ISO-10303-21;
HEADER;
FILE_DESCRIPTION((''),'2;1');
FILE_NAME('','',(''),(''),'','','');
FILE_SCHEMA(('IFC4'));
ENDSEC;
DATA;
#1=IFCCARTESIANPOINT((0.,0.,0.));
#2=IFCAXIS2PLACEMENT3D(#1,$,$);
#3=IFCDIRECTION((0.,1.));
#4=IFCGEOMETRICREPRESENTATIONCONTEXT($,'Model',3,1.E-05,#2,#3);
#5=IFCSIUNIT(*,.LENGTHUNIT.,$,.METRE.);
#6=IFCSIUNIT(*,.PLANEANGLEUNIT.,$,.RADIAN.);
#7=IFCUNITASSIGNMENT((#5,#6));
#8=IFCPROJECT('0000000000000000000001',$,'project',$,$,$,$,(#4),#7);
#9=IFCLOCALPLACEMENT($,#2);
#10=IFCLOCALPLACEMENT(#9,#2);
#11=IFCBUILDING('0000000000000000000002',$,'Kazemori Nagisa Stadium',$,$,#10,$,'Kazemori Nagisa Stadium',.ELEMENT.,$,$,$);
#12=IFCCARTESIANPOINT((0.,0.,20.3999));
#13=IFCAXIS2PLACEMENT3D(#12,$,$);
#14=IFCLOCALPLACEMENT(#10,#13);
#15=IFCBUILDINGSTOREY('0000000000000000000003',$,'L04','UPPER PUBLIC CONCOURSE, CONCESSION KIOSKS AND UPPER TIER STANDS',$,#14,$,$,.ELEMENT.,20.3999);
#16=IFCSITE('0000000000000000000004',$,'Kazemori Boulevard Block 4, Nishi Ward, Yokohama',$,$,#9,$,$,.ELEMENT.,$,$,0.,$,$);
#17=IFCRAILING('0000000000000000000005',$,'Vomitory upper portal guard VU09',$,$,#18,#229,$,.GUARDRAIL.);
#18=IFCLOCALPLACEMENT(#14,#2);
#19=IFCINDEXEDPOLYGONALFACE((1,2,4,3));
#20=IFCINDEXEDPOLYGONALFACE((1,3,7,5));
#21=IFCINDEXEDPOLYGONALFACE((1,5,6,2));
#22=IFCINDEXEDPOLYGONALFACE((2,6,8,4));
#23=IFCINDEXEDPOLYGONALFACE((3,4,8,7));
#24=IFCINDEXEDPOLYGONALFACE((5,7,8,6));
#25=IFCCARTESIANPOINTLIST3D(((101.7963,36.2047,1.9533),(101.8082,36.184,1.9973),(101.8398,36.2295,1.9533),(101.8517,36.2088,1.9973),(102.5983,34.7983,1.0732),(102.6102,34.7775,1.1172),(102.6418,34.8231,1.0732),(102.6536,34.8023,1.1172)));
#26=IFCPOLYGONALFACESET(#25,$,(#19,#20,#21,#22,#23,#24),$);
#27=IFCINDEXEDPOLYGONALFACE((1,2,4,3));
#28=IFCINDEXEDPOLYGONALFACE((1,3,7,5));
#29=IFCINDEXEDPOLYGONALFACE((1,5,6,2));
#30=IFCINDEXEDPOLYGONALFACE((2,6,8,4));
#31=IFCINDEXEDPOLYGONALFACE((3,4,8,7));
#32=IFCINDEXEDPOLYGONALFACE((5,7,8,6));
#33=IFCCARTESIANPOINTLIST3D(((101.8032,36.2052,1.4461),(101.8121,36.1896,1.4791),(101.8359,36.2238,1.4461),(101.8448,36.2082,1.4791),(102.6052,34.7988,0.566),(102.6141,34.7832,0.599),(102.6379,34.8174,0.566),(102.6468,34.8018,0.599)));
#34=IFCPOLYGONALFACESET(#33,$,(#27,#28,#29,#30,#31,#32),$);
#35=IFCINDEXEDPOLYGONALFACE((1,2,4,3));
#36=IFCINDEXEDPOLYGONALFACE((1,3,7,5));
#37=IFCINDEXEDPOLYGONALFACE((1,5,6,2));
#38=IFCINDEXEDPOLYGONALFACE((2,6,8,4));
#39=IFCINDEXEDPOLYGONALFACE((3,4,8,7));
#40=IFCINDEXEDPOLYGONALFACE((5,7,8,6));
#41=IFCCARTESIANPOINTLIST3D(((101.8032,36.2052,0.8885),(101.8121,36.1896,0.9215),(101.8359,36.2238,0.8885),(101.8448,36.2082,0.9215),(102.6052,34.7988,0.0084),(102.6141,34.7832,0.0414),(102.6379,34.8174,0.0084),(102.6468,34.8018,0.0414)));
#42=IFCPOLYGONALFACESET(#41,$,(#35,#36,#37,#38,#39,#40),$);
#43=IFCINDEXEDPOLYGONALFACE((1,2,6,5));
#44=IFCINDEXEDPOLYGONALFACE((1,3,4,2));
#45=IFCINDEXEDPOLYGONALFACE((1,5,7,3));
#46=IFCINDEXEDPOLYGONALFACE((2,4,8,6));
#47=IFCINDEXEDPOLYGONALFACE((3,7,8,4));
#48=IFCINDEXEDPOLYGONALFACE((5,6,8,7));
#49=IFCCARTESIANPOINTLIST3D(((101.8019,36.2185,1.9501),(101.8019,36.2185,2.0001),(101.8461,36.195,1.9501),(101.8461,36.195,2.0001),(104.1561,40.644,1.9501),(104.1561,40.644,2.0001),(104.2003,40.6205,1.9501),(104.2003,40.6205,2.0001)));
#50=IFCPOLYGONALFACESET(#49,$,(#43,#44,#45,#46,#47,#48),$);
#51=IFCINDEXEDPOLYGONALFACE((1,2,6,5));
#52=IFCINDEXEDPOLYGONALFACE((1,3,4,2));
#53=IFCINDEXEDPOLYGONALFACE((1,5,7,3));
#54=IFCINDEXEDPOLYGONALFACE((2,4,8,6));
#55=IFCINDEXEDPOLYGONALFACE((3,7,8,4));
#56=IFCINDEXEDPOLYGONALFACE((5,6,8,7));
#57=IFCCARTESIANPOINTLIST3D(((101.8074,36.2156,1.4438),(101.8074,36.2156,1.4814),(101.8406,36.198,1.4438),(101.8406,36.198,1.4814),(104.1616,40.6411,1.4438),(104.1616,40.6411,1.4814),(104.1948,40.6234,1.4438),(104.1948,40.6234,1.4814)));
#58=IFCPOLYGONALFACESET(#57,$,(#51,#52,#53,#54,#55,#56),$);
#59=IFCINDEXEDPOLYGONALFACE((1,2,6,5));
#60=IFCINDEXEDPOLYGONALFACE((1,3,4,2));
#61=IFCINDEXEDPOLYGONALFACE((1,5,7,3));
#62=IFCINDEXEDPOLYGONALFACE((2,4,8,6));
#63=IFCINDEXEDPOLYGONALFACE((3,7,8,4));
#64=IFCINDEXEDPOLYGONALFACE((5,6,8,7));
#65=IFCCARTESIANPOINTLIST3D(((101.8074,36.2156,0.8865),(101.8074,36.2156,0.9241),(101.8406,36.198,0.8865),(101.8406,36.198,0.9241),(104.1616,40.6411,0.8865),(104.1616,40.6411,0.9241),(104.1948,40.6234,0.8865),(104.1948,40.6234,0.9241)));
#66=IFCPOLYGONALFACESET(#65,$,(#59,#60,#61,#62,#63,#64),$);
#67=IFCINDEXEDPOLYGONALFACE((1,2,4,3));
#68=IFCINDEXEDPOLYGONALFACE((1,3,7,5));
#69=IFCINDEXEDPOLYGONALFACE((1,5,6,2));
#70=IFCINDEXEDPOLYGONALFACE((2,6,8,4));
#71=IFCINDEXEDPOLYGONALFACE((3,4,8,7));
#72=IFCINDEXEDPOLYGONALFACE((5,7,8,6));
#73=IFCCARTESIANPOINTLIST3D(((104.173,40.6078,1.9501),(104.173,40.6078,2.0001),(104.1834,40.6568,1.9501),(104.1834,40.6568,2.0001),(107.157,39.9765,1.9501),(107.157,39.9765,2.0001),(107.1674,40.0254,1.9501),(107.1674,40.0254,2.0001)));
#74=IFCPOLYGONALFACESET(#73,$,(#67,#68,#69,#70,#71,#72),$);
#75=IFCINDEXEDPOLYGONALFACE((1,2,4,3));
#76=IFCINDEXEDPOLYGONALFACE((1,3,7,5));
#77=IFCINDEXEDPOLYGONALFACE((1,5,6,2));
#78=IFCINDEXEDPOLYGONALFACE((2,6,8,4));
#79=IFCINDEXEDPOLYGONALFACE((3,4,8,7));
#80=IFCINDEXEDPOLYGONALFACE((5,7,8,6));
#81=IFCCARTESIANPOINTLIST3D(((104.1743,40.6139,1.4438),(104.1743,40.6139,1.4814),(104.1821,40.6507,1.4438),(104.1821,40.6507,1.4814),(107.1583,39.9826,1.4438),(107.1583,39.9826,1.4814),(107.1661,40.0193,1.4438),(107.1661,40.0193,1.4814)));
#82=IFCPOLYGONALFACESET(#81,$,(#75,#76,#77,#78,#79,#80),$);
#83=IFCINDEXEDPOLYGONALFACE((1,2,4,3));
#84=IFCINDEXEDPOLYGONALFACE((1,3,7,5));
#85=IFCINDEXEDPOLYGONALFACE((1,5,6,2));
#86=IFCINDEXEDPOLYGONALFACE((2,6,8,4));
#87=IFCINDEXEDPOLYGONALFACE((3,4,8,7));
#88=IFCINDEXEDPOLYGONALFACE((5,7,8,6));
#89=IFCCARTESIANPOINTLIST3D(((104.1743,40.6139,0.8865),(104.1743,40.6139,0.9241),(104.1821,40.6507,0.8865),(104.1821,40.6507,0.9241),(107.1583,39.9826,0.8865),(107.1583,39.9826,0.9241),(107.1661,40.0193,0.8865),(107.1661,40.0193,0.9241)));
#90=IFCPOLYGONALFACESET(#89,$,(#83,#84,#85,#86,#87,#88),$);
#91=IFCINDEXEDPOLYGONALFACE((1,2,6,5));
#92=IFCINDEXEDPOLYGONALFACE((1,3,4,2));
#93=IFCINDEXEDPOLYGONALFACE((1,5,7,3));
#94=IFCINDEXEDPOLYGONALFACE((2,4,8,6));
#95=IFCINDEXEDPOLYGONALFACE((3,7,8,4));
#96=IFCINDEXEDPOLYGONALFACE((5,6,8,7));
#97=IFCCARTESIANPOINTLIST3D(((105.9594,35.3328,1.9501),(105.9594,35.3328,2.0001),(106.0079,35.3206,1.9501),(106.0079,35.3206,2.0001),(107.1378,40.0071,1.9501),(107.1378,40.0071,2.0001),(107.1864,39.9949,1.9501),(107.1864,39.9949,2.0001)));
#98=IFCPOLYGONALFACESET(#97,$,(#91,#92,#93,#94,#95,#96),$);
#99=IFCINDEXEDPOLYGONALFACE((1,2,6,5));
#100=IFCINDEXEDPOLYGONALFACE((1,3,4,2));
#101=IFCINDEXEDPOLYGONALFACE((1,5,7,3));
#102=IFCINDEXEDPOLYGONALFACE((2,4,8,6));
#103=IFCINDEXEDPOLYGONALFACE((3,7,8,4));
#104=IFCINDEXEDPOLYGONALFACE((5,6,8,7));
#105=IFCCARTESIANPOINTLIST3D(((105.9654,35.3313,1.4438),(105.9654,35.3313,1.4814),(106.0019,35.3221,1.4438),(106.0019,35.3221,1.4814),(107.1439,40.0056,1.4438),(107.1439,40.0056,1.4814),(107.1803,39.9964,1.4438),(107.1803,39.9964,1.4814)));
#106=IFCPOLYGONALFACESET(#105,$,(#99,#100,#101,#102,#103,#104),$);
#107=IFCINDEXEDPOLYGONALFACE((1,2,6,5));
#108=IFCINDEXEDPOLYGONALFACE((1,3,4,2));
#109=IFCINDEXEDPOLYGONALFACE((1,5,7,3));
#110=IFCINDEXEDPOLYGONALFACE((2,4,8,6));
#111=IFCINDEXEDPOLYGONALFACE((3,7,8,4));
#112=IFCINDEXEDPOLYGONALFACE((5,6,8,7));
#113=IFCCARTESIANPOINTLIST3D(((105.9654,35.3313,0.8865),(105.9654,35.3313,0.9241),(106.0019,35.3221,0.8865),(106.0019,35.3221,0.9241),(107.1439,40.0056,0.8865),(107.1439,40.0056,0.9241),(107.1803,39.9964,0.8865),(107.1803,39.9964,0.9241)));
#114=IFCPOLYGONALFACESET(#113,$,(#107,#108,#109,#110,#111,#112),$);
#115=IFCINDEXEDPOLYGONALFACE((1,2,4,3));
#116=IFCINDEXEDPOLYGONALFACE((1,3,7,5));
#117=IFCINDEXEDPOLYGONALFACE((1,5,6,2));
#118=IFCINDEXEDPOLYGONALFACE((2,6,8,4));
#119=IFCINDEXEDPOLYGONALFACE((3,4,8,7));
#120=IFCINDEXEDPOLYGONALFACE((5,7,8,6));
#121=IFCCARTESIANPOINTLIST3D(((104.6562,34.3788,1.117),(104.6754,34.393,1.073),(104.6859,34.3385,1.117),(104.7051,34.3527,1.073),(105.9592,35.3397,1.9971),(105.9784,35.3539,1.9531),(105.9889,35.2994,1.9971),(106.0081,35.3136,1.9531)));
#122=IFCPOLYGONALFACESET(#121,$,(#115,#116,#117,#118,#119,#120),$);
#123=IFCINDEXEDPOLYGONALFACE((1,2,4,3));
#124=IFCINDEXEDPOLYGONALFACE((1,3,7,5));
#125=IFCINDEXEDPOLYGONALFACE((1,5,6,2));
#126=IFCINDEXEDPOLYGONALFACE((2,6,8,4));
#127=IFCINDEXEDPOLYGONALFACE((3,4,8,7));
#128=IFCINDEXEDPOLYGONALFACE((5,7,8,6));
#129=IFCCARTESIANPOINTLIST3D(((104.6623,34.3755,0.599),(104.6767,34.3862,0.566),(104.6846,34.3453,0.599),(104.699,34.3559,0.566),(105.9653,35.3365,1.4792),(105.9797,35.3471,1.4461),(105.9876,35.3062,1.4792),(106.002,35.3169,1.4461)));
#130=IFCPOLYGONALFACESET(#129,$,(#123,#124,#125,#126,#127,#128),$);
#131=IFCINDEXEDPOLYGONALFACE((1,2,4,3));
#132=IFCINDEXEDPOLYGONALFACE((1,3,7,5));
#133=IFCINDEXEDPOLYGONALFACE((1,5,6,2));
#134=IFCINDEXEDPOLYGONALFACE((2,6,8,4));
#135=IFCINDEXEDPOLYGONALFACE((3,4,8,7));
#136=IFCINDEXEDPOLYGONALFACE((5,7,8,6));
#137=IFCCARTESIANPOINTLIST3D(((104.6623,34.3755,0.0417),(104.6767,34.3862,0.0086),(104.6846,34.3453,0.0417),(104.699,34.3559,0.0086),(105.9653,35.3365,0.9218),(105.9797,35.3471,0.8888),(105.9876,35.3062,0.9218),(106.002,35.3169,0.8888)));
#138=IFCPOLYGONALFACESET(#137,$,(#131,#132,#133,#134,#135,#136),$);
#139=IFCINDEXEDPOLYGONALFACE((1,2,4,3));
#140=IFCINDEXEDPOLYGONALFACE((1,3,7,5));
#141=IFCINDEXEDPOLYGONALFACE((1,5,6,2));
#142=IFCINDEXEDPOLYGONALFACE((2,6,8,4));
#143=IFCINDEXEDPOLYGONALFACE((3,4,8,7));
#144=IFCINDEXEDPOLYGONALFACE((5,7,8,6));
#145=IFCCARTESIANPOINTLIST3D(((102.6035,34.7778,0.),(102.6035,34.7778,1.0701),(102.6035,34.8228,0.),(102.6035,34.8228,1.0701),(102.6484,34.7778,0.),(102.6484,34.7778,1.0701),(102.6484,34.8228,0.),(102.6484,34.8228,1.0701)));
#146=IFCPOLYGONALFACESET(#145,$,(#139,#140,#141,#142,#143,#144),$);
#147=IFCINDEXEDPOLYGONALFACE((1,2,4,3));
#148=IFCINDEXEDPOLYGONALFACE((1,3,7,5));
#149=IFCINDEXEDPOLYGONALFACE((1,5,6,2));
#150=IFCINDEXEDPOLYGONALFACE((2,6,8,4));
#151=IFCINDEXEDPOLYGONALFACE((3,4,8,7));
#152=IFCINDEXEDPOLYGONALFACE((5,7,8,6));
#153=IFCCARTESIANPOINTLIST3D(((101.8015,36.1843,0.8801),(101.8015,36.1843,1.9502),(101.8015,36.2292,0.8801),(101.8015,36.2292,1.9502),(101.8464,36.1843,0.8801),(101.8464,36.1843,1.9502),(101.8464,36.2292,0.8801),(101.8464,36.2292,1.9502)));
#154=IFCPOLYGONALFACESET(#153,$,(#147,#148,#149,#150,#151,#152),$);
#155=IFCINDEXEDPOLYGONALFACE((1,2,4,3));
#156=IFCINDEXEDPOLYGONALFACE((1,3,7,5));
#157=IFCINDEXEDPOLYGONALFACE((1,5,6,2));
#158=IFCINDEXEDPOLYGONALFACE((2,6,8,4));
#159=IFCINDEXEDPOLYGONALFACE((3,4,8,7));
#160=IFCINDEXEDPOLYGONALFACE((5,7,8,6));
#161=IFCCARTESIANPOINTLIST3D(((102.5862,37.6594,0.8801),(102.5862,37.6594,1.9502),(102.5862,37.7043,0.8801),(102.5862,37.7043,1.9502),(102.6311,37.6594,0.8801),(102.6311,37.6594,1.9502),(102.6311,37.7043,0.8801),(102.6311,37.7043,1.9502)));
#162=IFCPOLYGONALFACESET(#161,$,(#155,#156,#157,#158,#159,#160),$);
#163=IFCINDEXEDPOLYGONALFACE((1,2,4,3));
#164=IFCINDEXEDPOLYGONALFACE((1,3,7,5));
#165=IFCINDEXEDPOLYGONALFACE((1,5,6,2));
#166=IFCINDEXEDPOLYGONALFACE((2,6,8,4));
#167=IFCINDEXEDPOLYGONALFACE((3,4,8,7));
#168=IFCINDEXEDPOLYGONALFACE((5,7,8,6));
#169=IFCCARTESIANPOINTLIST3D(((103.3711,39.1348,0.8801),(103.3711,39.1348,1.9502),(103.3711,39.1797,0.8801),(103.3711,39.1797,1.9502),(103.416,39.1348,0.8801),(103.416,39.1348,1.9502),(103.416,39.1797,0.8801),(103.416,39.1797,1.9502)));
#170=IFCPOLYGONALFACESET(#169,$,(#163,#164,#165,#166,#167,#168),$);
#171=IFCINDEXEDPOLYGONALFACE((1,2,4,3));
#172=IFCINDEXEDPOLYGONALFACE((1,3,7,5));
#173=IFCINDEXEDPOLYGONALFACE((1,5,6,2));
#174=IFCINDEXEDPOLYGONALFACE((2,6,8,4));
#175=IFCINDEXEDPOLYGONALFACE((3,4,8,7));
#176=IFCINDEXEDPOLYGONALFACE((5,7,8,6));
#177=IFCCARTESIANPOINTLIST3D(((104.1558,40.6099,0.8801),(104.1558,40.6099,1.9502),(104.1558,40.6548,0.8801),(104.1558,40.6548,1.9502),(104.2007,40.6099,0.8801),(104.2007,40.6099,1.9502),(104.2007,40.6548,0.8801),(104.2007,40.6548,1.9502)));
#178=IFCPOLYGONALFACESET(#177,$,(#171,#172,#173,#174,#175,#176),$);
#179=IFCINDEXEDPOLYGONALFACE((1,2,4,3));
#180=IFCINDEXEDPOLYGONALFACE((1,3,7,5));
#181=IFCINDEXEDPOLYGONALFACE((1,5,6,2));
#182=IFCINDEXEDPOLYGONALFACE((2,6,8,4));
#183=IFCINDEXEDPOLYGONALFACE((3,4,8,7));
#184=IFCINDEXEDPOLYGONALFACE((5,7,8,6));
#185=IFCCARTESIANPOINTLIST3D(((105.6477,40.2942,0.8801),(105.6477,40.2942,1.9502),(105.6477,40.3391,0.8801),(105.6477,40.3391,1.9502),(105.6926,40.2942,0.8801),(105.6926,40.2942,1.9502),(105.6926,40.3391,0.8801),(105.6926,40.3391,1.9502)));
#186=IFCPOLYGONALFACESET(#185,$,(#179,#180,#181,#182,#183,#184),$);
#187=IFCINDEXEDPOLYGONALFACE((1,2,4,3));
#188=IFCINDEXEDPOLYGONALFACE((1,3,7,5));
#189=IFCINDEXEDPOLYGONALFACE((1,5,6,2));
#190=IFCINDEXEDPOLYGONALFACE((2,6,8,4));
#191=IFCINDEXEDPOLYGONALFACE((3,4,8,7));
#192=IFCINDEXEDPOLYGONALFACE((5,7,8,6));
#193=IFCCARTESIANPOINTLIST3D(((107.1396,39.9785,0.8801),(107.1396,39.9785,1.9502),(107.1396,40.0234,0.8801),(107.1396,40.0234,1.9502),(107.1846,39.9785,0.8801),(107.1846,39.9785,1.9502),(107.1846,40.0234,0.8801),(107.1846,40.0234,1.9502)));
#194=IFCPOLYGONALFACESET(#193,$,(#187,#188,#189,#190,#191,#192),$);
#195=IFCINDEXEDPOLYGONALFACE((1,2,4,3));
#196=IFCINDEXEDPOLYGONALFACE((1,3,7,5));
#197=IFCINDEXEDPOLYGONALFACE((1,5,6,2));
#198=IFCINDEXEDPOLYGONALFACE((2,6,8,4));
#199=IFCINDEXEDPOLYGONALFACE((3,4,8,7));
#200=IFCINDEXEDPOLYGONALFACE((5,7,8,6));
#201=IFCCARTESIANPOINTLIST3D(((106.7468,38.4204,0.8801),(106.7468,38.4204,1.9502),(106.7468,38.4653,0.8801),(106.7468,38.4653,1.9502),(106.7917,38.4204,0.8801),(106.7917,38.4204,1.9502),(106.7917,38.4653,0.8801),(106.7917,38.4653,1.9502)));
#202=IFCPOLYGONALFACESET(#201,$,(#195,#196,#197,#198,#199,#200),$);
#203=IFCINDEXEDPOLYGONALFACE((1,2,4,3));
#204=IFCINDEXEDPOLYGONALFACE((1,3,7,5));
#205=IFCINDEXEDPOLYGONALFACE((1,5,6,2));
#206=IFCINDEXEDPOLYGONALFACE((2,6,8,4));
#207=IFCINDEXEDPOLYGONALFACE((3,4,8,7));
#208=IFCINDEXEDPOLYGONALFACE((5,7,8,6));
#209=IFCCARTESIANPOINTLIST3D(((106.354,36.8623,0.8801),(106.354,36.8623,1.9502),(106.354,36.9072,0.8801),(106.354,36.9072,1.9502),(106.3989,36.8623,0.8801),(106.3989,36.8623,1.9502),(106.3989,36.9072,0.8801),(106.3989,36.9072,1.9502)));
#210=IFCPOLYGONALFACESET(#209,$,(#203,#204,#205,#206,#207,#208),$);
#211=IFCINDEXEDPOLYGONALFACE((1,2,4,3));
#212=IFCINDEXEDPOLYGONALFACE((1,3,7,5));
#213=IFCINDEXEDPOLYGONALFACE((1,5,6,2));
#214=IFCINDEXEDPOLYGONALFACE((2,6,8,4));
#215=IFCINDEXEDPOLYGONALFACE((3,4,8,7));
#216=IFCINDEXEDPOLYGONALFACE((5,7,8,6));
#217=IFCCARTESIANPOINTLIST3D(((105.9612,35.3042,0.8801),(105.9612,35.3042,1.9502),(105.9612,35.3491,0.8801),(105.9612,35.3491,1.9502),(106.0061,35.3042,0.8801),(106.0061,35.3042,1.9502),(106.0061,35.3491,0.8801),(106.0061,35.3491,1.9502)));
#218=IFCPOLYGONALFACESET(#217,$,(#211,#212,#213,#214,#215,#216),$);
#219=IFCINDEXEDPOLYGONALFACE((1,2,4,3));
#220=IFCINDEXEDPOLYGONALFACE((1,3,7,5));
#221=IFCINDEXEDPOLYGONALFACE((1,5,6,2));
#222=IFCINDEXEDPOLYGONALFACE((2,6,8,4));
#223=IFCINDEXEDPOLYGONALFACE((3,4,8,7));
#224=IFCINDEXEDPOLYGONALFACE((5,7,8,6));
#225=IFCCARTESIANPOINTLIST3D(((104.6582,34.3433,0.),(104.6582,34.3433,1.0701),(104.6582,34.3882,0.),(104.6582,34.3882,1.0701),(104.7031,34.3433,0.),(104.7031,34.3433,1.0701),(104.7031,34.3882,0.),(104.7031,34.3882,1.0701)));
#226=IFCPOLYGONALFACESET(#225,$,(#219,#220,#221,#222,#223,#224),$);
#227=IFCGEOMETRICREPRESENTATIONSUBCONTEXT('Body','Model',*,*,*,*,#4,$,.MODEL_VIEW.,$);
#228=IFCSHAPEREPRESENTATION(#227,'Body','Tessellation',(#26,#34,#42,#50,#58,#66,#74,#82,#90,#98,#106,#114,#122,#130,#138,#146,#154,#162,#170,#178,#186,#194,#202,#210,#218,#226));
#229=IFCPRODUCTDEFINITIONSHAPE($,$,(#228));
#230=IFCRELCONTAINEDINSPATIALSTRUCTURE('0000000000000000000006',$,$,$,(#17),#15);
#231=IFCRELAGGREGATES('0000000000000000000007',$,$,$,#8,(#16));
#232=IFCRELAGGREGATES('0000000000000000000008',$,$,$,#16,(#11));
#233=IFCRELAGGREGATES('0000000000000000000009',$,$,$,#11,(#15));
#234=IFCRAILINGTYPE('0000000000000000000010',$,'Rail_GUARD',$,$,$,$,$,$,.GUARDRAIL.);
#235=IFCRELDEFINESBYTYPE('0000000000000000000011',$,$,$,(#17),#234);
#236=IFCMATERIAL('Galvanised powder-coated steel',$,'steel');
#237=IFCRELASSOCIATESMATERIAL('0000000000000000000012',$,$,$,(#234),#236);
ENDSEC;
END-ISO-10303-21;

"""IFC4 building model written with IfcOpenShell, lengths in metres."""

from ifc_helpers import new_model, si_unit, direction, frame, origin, origin_2d, place, context, subcontext, project, spatial, rectangle, extrude, material, type_object, element, save


model = new_model("IFC4")

# Units and contexts
model_context = context("Model", 3, precision=1e-05, world=origin(), true_north=direction((0.0, 1.0)))
body_context = subcontext(model_context, "Body", "Model", "MODEL_VIEW")
ifc_project = project(units=[si_unit("LENGTHUNIT", "METRE"), si_unit("PLANEANGLEUNIT", "RADIAN")], contexts=[model_context])

# Site, building, storey
site_placement = place(None, origin())
site = spatial("IfcSite", under=ifc_project, at=site_placement, Name="Kazemori Boulevard Block 4, Nishi Ward, Yokohama", CompositionType="ELEMENT", RefElevation=0.0)
building_placement = place(site_placement, origin())
building = spatial("IfcBuilding", under=site, at=building_placement, Name="Kazemori Nagisa Stadium", LongName="Kazemori Nagisa Stadium", CompositionType="ELEMENT")
storey_placement = place(building_placement, frame((0.0, 0.0, 20.3999)))
storey = spatial("IfcBuildingStorey", under=building, at=storey_placement, Name="L04", Description="UPPER PUBLIC CONCOURSE, CONCESSION KIOSKS AND UPPER TIER STANDS", CompositionType="ELEMENT", Elevation=20.3999)

# Railing
ifc_material_1 = material(Name="Galvanised powder-coated steel", Category="steel")
railing_type = type_object("IfcRailingType", Name="Rail_GUARD", PredefinedType="GUARDRAIL", material=ifc_material_1)
railing_placement = place(storey_placement, frame((102.626, 34.8003, 0.0)))
element("IfcRailing", 1, at=railing_placement, inside=storey, type_object=railing_type, Name="Vomitory upper portal guard VU09", PredefinedType="GUARDRAIL", context=body_context, shape_type="SweptSolid", body=[
    extrude(rectangle(XDim=0.05, YDim=0.05, at=origin_2d()), frame((0.0, 0.0, 1.0952), z_axis=(-0.435199, 0.763221, 0.477593), x_axis=(-0.868697, -0.495343, 0.0)), (0.0, 0.0, 1.0), 1.8428),
    extrude(rectangle(XDim=0.0376, YDim=0.0376, at=origin_2d()), frame((0.0, 0.0, 0.5825), z_axis=(-0.435199, 0.763221, 0.477593), x_axis=(-0.868697, -0.495343, 0.0)), (0.0, 0.0, 1.0), 1.8428),
    extrude(rectangle(XDim=0.0376, YDim=0.0376, at=origin_2d()), frame((0.0, 0.0, 0.0249), z_axis=(-0.435199, 0.763221, 0.477593), x_axis=(-0.868697, -0.495343, 0.0)), (0.0, 0.0, 1.0), 1.8428),
    extrude(rectangle(XDim=0.05, YDim=0.05, at=origin_2d()), frame((-0.802, 1.4065, 1.9751), z_axis=(0.46965, 0.882853, 0.0), x_axis=(-0.882853, 0.46965, 0.0)), (0.0, 0.0, 1.0), 5.0127),
    extrude(rectangle(XDim=0.0376, YDim=0.0376, at=origin_2d()), frame((-0.802, 1.4065, 1.4626), z_axis=(0.46965, 0.882853, 0.0), x_axis=(-0.882853, 0.46965, 0.0)), (0.0, 0.0, 1.0), 5.0127),
    extrude(rectangle(XDim=0.0376, YDim=0.0376, at=origin_2d()), frame((-0.802, 1.4065, 0.9053), z_axis=(0.46965, 0.882853, 0.0), x_axis=(-0.882853, 0.46965, 0.0)), (0.0, 0.0, 1.0), 5.0127),
    extrude(rectangle(XDim=0.05, YDim=0.05, at=origin_2d()), frame((1.5522, 5.832, 1.9751), z_axis=(0.97834, -0.207003, 0.0), x_axis=(0.207003, 0.97834, 0.0)), (0.0, 0.0, 1.0), 3.05),
    extrude(rectangle(XDim=0.0376, YDim=0.0376, at=origin_2d()), frame((1.5522, 5.832, 1.4626), z_axis=(0.97834, -0.207003, 0.0), x_axis=(0.207003, 0.97834, 0.0)), (0.0, 0.0, 1.0), 3.05),
    extrude(rectangle(XDim=0.0376, YDim=0.0376, at=origin_2d()), frame((1.5522, 5.832, 0.9053), z_axis=(0.97834, -0.207003, 0.0), x_axis=(0.207003, 0.97834, 0.0)), (0.0, 0.0, 1.0), 3.05),
    extrude(rectangle(XDim=0.05, YDim=0.05, at=origin_2d()), frame((4.5361, 5.2007, 1.9751), z_axis=(-0.244466, -0.969658, 0.0), x_axis=(0.969658, -0.244466, 0.0)), (0.0, 0.0, 1.0), 4.8206),
    extrude(rectangle(XDim=0.0376, YDim=0.0376, at=origin_2d()), frame((4.5361, 5.2007, 1.4626), z_axis=(-0.244466, -0.969658, 0.0), x_axis=(0.969658, -0.244466, 0.0)), (0.0, 0.0, 1.0), 4.8206),
    extrude(rectangle(XDim=0.0376, YDim=0.0376, at=origin_2d()), frame((4.5361, 5.2007, 0.9053), z_axis=(-0.244466, -0.969658, 0.0), x_axis=(0.969658, -0.244466, 0.0)), (0.0, 0.0, 1.0), 4.8206),
    extrude(rectangle(XDim=0.05, YDim=0.05, at=origin_2d()), frame((3.3577, 0.5264, 1.9751), z_axis=(-0.707079, -0.521465, -0.477613), x_axis=(0.593538, -0.804806, 0.0)), (0.0, 0.0, 1.0), 1.8428),
    extrude(rectangle(XDim=0.0376, YDim=0.0376, at=origin_2d()), frame((3.3577, 0.5264, 1.4626), z_axis=(-0.707079, -0.521465, -0.477613), x_axis=(0.593538, -0.804806, 0.0)), (0.0, 0.0, 1.0), 1.8428),
    extrude(rectangle(XDim=0.0376, YDim=0.0376, at=origin_2d()), frame((3.3577, 0.5264, 0.9053), z_axis=(-0.707079, -0.521465, -0.477613), x_axis=(0.593538, -0.804806, 0.0)), (0.0, 0.0, 1.0), 1.8428),
    extrude(rectangle(XDim=0.0449, YDim=0.0449, at=origin_2d()), origin(), (0.0, 0.0, 1.0), 1.0701),
    extrude(rectangle(XDim=0.0449, YDim=0.0449, at=origin_2d()), frame((-0.802, 1.4065, 0.8801)), (0.0, 0.0, 1.0), 1.0701),
    extrude(rectangle(XDim=0.0449, YDim=0.0449, at=origin_2d()), frame((-0.0173, 2.8816, 0.8801)), (0.0, 0.0, 1.0), 1.0701),
    extrude(rectangle(XDim=0.0449, YDim=0.0449, at=origin_2d()), frame((0.7676, 4.3569, 0.8801)), (0.0, 0.0, 1.0), 1.0701),
    extrude(rectangle(XDim=0.0449, YDim=0.0449, at=origin_2d()), frame((1.5522, 5.832, 0.8801)), (0.0, 0.0, 1.0), 1.0701),
    extrude(rectangle(XDim=0.0449, YDim=0.0449, at=origin_2d()), frame((3.0442, 5.5164, 0.8801)), (0.0, 0.0, 1.0), 1.0701),
    extrude(rectangle(XDim=0.0449, YDim=0.0449, at=origin_2d()), frame((4.5361, 5.2007, 0.8801)), (0.0, 0.0, 1.0), 1.0701),
    extrude(rectangle(XDim=0.0449, YDim=0.0449, at=origin_2d()), frame((4.1433, 3.6426, 0.8801)), (0.0, 0.0, 1.0), 1.0701),
    extrude(rectangle(XDim=0.0449, YDim=0.0449, at=origin_2d()), frame((3.7505, 2.0845, 0.8801)), (0.0, 0.0, 1.0), 1.0701),
    extrude(rectangle(XDim=0.0449, YDim=0.0449, at=origin_2d()), frame((3.3577, 0.5264, 0.8801)), (0.0, 0.0, 1.0), 1.0701),
    extrude(rectangle(XDim=0.0449, YDim=0.0449, at=origin_2d()), frame((2.0547, -0.4346, 0.0)), (0.0, 0.0, 1.0), 1.0701),
])

save(model, "model.ifc")
